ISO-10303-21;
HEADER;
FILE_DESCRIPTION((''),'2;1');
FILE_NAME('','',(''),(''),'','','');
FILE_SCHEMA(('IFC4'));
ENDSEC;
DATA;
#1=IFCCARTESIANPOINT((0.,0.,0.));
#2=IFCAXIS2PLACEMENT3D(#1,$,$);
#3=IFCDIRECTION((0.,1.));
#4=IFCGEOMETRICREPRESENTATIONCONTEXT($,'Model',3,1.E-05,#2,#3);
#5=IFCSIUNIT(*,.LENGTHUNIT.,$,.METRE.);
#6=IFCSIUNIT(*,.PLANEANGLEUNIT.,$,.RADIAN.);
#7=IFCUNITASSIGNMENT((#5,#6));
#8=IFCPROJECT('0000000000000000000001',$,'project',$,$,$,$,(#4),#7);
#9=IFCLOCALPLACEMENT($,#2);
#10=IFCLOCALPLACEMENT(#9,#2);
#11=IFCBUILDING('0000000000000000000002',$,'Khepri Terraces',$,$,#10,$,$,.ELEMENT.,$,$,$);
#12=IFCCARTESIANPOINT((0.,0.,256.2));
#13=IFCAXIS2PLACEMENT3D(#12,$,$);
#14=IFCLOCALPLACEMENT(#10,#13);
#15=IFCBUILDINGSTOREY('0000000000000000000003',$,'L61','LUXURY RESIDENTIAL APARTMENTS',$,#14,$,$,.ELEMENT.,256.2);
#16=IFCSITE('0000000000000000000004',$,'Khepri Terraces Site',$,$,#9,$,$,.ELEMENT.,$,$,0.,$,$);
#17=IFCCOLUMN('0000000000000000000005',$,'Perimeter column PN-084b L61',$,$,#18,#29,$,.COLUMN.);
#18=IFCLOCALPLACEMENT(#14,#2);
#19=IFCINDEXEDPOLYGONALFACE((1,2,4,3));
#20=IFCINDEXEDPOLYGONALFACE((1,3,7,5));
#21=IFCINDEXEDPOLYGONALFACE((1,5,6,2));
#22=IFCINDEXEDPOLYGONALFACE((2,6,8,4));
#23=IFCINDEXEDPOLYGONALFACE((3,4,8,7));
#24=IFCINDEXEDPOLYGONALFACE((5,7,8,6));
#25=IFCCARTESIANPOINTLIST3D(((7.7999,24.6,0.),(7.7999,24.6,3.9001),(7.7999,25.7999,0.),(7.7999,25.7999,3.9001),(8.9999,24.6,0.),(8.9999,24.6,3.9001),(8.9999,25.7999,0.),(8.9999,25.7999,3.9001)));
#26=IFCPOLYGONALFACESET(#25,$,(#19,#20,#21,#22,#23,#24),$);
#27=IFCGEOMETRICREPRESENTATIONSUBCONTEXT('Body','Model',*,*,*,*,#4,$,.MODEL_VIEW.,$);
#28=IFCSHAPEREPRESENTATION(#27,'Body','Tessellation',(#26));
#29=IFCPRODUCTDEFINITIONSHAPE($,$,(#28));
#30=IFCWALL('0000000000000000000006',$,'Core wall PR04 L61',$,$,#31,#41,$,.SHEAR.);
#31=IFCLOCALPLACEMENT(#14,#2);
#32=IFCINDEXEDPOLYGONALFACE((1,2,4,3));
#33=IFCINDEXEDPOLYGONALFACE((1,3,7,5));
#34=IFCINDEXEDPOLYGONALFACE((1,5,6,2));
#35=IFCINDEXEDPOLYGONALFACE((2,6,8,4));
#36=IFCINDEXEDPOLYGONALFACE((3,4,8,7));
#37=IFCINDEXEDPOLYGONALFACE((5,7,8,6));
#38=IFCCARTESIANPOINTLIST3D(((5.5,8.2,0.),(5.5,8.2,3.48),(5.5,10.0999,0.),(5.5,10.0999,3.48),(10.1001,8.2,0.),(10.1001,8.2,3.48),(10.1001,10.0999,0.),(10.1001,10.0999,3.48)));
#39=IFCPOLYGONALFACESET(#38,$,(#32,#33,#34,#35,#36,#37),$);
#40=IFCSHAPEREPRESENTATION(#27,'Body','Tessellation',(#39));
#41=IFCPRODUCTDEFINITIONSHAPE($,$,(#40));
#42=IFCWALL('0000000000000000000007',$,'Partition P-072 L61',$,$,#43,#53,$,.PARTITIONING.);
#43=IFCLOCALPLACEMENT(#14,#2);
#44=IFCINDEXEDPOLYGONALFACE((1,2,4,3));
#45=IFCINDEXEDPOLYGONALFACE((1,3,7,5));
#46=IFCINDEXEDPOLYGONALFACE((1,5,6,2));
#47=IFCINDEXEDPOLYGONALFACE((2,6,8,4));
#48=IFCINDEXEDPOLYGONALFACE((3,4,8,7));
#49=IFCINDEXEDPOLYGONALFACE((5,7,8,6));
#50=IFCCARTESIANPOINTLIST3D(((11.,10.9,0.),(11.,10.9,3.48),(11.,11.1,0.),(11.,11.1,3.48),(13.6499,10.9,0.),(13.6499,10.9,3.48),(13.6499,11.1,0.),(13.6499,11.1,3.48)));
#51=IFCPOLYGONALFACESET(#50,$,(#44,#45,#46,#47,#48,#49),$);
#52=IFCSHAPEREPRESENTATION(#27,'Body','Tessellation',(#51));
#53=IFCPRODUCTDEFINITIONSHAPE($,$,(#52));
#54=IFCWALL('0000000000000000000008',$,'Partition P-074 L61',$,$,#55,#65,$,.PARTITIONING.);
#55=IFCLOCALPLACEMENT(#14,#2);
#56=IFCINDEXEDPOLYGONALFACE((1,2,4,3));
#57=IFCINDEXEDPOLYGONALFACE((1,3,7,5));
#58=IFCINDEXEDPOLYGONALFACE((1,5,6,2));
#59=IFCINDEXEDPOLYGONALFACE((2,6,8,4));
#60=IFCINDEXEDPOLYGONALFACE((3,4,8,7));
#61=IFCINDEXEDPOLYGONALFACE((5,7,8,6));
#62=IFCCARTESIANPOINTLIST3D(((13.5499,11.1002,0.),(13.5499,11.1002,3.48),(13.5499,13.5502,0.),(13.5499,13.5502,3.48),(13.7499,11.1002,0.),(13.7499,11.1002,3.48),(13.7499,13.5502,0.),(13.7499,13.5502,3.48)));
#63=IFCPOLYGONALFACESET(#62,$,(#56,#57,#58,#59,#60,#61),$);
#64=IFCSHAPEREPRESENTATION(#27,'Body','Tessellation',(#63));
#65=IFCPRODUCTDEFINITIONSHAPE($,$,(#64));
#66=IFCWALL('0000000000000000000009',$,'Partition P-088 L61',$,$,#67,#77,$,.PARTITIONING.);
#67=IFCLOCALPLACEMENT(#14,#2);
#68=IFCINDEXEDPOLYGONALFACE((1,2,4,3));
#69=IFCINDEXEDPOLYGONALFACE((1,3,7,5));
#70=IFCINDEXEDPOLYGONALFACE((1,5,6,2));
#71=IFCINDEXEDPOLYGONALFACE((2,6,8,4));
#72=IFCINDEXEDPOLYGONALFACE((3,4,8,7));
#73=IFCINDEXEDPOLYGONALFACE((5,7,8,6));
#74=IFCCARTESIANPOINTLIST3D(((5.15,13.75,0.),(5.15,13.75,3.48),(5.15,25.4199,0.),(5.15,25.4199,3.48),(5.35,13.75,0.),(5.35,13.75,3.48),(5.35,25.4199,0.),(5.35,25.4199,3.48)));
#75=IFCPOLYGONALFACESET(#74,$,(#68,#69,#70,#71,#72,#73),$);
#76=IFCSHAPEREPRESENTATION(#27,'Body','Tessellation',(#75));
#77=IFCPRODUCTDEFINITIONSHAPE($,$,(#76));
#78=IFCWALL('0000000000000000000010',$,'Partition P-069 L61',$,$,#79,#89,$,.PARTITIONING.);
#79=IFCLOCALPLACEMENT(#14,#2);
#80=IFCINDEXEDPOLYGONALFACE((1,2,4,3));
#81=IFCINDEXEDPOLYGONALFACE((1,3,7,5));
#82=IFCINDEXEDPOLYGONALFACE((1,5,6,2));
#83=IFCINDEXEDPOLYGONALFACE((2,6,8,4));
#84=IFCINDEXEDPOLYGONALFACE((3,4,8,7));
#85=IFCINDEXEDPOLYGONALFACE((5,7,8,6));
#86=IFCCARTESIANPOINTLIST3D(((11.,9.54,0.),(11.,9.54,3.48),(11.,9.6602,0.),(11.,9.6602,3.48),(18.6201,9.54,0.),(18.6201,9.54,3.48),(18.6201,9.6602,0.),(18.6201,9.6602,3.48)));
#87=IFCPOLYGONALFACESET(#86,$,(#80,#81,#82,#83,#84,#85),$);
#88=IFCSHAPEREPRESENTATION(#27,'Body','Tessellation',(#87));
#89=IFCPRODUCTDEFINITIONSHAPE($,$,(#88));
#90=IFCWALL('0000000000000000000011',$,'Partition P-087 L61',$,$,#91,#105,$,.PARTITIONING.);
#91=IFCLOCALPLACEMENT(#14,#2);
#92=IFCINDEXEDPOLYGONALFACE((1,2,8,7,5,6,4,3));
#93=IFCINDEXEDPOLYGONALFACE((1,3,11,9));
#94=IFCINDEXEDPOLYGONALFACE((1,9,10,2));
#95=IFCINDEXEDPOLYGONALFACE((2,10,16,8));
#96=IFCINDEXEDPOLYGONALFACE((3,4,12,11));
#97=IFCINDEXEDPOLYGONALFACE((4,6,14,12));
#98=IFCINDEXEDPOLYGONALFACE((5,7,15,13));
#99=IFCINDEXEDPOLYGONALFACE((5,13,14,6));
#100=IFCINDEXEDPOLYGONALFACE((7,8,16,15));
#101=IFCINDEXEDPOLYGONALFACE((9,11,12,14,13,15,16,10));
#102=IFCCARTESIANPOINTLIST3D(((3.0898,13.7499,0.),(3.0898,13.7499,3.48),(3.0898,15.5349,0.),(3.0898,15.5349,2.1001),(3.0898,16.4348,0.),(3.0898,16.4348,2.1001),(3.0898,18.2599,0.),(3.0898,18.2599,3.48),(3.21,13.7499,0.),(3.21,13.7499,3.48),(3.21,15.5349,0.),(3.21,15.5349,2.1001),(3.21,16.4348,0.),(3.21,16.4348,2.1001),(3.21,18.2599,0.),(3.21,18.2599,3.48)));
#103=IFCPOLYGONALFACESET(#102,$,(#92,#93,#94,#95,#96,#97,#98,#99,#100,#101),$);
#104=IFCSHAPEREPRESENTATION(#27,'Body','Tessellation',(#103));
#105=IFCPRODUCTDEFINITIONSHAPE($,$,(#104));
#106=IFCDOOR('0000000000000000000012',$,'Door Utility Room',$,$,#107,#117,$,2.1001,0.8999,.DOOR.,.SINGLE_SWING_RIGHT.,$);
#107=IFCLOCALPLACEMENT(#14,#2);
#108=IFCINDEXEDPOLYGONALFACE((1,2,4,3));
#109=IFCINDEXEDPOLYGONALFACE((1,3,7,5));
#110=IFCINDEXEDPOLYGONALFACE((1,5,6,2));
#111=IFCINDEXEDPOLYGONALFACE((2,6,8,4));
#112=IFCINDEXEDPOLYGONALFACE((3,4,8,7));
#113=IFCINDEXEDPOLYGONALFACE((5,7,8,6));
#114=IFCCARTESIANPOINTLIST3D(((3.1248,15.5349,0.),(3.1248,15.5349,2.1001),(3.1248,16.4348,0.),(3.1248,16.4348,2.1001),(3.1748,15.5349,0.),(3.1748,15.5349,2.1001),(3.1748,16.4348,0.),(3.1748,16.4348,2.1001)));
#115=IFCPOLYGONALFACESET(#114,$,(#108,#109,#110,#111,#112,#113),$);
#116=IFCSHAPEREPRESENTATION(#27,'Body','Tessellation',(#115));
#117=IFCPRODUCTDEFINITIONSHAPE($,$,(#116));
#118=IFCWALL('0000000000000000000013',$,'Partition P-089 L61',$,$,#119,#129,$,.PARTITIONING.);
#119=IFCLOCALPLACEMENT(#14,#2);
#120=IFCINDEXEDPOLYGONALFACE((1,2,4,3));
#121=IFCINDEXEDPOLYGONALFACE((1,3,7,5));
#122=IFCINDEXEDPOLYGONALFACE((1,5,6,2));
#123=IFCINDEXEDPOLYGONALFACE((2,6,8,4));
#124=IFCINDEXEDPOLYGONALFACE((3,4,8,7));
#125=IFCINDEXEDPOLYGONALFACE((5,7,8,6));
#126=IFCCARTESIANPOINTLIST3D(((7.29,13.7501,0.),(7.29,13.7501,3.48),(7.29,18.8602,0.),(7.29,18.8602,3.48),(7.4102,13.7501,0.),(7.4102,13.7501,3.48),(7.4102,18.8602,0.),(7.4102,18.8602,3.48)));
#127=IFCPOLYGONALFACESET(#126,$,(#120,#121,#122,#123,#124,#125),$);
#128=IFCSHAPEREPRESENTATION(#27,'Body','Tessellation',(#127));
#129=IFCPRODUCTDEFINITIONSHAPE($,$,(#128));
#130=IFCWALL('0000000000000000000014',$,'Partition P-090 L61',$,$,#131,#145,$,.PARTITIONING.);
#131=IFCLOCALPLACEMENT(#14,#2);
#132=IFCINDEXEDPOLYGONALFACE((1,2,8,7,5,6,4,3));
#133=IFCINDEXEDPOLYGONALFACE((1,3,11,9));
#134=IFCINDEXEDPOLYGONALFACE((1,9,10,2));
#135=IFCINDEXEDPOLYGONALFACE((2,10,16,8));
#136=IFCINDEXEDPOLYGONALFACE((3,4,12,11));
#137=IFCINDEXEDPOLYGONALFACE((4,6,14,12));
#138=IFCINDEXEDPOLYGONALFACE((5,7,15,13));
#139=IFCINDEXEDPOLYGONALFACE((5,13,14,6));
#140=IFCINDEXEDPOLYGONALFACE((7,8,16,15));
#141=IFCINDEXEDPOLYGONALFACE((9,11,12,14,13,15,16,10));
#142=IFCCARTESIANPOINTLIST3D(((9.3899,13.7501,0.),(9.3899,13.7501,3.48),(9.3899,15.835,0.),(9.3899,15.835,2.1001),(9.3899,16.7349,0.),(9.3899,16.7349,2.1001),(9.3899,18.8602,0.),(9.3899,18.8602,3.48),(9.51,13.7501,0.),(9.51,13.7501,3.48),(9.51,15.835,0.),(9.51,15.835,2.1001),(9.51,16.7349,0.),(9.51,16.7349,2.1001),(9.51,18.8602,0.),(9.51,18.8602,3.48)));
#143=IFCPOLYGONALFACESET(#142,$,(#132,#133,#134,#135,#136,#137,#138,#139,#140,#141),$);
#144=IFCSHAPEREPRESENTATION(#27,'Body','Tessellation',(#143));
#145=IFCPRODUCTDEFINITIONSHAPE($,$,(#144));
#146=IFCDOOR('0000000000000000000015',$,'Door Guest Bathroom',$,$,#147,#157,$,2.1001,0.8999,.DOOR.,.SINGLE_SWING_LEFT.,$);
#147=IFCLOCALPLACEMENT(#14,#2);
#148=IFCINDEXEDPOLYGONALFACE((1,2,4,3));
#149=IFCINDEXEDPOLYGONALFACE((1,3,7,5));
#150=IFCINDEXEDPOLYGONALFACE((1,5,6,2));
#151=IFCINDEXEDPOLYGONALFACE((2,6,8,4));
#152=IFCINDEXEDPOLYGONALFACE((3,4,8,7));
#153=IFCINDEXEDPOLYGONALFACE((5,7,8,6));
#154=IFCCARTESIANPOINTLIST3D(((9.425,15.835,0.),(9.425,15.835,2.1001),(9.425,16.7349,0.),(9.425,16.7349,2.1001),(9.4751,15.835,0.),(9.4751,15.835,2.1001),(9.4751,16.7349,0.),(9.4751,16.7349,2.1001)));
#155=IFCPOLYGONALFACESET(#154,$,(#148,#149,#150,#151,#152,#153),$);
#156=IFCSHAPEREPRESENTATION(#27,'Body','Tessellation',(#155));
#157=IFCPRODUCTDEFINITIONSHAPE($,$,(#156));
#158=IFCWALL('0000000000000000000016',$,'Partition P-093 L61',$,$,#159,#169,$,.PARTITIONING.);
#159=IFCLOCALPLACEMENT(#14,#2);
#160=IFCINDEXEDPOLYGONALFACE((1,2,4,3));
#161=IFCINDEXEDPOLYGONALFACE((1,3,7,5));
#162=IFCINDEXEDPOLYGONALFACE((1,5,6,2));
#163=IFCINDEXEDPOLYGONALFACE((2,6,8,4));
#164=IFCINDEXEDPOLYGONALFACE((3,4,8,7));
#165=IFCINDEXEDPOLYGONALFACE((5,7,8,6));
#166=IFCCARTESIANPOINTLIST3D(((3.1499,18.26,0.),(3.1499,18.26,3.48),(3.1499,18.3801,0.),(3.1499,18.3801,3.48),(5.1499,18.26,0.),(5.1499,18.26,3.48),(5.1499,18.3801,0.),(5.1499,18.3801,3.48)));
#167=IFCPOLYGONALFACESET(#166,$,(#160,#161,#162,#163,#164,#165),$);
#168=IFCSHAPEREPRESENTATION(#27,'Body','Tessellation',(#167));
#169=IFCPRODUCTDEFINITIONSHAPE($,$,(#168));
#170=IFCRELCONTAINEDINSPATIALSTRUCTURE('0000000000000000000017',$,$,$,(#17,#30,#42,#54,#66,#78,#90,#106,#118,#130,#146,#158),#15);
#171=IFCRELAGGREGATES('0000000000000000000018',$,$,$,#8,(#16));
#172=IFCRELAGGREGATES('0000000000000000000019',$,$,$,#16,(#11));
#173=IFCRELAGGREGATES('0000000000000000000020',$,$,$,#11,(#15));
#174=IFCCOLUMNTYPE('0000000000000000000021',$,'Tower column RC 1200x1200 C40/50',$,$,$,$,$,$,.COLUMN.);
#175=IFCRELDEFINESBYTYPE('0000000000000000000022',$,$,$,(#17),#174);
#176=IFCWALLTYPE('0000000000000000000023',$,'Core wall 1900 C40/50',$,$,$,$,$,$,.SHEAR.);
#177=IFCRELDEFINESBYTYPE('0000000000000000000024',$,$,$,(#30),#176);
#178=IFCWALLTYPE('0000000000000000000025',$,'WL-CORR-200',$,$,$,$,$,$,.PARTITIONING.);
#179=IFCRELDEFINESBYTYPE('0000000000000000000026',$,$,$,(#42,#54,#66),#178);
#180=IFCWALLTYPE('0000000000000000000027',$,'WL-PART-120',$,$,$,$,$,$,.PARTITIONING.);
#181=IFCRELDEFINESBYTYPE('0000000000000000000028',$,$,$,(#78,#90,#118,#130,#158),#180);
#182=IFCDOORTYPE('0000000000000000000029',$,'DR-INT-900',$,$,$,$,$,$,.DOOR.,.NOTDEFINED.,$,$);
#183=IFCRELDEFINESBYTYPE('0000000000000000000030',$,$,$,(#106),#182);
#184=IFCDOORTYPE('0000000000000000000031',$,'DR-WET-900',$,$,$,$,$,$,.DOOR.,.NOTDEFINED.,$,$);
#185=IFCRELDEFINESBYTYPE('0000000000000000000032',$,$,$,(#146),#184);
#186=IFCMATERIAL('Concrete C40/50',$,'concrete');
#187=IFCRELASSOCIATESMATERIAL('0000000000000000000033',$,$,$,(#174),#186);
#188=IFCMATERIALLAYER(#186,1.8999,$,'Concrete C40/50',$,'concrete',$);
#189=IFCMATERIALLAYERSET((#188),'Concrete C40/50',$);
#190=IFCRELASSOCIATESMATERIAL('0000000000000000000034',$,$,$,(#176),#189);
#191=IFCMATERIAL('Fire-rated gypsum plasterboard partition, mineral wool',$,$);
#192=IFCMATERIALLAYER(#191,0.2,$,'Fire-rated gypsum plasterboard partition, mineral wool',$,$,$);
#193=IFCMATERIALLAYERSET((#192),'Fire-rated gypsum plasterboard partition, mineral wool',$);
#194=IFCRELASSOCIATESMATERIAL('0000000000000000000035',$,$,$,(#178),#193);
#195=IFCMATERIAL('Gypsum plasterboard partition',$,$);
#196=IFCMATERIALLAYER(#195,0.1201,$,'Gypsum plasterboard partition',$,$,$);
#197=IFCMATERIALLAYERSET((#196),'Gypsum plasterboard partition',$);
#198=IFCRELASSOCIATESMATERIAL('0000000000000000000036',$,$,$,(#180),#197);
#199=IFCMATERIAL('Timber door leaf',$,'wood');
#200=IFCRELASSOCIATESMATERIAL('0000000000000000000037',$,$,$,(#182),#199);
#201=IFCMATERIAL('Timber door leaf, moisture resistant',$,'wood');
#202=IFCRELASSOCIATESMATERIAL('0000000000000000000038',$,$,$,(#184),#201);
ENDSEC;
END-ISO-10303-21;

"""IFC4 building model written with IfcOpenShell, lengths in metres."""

from ifc_helpers import new_model, si_unit, direction, frame, frame_2d, origin, origin_2d, place, context, subcontext, project, spatial, rectangle, extrude, material, layer, layer_set, material_profile, profile_set, type_object, element, fill, save


model = new_model("IFC4")

# Units and contexts
model_context = context("Model", 3, precision=1e-05, world=origin(), true_north=direction((0.0, 1.0)))
body_context = subcontext(model_context, "Body", "Model", "MODEL_VIEW")
ifc_project = project(units=[si_unit("LENGTHUNIT", "METRE"), si_unit("PLANEANGLEUNIT", "RADIAN")], contexts=[model_context])

# Site, building, storey
site_placement = place(None, origin())
site = spatial("IfcSite", under=ifc_project, at=site_placement, Name="Khepri Terraces Site", CompositionType="ELEMENT", RefElevation=0.0)
building_placement = place(site_placement, origin())
building = spatial("IfcBuilding", under=site, at=building_placement, Name="Khepri Terraces", CompositionType="ELEMENT")
storey_placement = place(building_placement, frame((0.0, 0.0, 256.2)))
storey = spatial("IfcBuildingStorey", under=building, at=storey_placement, Name="L61", Description="LUXURY RESIDENTIAL APARTMENTS", CompositionType="ELEMENT", Elevation=256.2)

# Column
ifc_material_1 = material(Name="Concrete C40/50", Category="concrete")
ifc_material_profile = material_profile(ifc_material_1, rectangle(XDim=1.2, YDim=1.2, at=origin_2d()), Name="Concrete C40/50", Category="concrete")
ifc_profile_set = profile_set([ifc_material_profile], Name="Concrete C40/50")
column_type = type_object("IfcColumnType", Name="Tower column RC 1200x1200 C40/50", PredefinedType="COLUMN", material=ifc_profile_set)
column_placement = place(storey_placement, frame((8.3999, 25.2, 0.0), z_axis=(0.0, 0.0, 1.0), x_axis=(1.0, 0.0, 0.0)))
element("IfcColumn", 1, at=column_placement, inside=storey, type_object=column_type, Name="Perimeter column PN-084b L61", PredefinedType="COLUMN", context=body_context, shape_type="SweptSolid", body=[
    extrude(rectangle(XDim=1.2, YDim=1.2, at=origin_2d()), origin(), (0.0, 0.0, 1.0), 3.9001),
])

# Walls
ifc_layer_1 = layer(ifc_material_1, 1.8999, Name="Concrete C40/50", Category="concrete")
ifc_layer_set_1 = layer_set([ifc_layer_1], Name="Concrete C40/50")
wall_type_1 = type_object("IfcWallType", Name="Core wall 1900 C40/50", PredefinedType="SHEAR", material=ifc_layer_set_1)
wall_1_placement = place(storey_placement, frame((5.5, 9.1499, 0.0), z_axis=(0.0, 0.0, 1.0), x_axis=(1.0, 0.0, 0.0)))
element("IfcWall", 2, at=wall_1_placement, inside=storey, type_object=wall_type_1, Name="Core wall PR04 L61", PredefinedType="SHEAR", context=body_context, shape_type="SweptSolid", body=[
    extrude(rectangle(XDim=4.6001, YDim=1.8999, at=frame_2d((2.3, 0.0))), origin(), (0.0, 0.0, 1.0), 3.48),
])
ifc_material_2 = material(Name="Fire-rated gypsum plasterboard partition, mineral wool")
ifc_layer_2 = layer(ifc_material_2, 0.2, Name="Fire-rated gypsum plasterboard partition, mineral wool")
ifc_layer_set_2 = layer_set([ifc_layer_2], Name="Fire-rated gypsum plasterboard partition, mineral wool")
wall_type_2 = type_object("IfcWallType", Name="WL-CORR-200", PredefinedType="PARTITIONING", material=ifc_layer_set_2)
wall_2_placement = place(storey_placement, frame((11.0, 11.0, 0.0), z_axis=(0.0, 0.0, 1.0), x_axis=(1.0, 0.0, 0.0)))
element("IfcWall", 3, at=wall_2_placement, inside=storey, type_object=wall_type_2, Name="Partition P-072 L61", PredefinedType="PARTITIONING", context=body_context, shape_type="SweptSolid", body=[
    extrude(rectangle(XDim=2.6499, YDim=0.2, at=frame_2d((1.325, 0.0))), origin(), (0.0, 0.0, 1.0), 3.48),
])
wall_3_placement = place(storey_placement, frame((13.6499, 11.1001, 0.0), z_axis=(0.0, 0.0, 1.0), x_axis=(0.0, 1.0, 0.0)))
element("IfcWall", 4, at=wall_3_placement, inside=storey, type_object=wall_type_2, Name="Partition P-074 L61", PredefinedType="PARTITIONING", context=body_context, shape_type="SweptSolid", body=[
    extrude(rectangle(XDim=2.45, YDim=0.2, at=frame_2d((1.2251, 0.0))), origin(), (0.0, 0.0, 1.0), 3.48),
])
wall_4_placement = place(storey_placement, frame((5.25, 13.75, 0.0), z_axis=(0.0, 0.0, 1.0), x_axis=(0.0, 1.0, 0.0)))
element("IfcWall", 5, at=wall_4_placement, inside=storey, type_object=wall_type_2, Name="Partition P-088 L61", PredefinedType="PARTITIONING", context=body_context, shape_type="SweptSolid", body=[
    extrude(rectangle(XDim=11.6699, YDim=0.2, at=frame_2d((5.835, 0.0))), origin(), (0.0, 0.0, 1.0), 3.48),
])

# Wall
ifc_material_3 = material(Name="Gypsum plasterboard partition")
ifc_layer_3 = layer(ifc_material_3, 0.1201, Name="Gypsum plasterboard partition")
ifc_layer_set_3 = layer_set([ifc_layer_3], Name="Gypsum plasterboard partition")
wall_type_3 = type_object("IfcWallType", Name="WL-PART-120", PredefinedType="PARTITIONING", material=ifc_layer_set_3)
wall_5_placement = place(storey_placement, frame((11.0, 9.6001, 0.0), z_axis=(0.0, 0.0, 1.0), x_axis=(1.0, 0.0, 0.0)))
element("IfcWall", 6, at=wall_5_placement, inside=storey, type_object=wall_type_3, Name="Partition P-069 L61", PredefinedType="PARTITIONING", context=body_context, shape_type="SweptSolid", body=[
    extrude(rectangle(XDim=7.6201, YDim=0.1201, at=frame_2d((3.8101, 0.0))), origin(), (0.0, 0.0, 1.0), 3.48),
])

# Wall, opening, door
wall_6_placement = place(storey_placement, frame((3.1499, 13.75, 0.0), z_axis=(0.0, 0.0, 1.0), x_axis=(0.0, 1.0, 0.0)))
wall_6 = element("IfcWall", 7, at=wall_6_placement, inside=storey, type_object=wall_type_3, Name="Partition P-087 L61", PredefinedType="PARTITIONING", context=body_context, shape_type="SweptSolid", body=[
    extrude(rectangle(XDim=4.51, YDim=0.1201, at=frame_2d((2.2549, 0.0))), origin(), (0.0, 0.0, 1.0), 3.48),
])
opening_1_placement = place(wall_6_placement, frame((1.7849, 0.0, 0.0)))
opening_1 = element("IfcOpeningElement", 8, at=opening_1_placement, cuts=wall_6, PredefinedType="OPENING", context=body_context, shape_type="SweptSolid", body=[
    extrude(rectangle(XDim=0.8999, YDim=2.1001, at=frame_2d((0.45, 1.05))), frame((0.0, 0.0701, 0.0), z_axis=(0.0, -1.0, 0.0), x_axis=(1.0, 0.0, 0.0)), (0.0, 0.0, 1.0), 0.1401),
])
ifc_material_4 = material(Name="Timber door leaf", Category="wood")
door_type_1 = type_object("IfcDoorType", Name="DR-INT-900", OperationType="NOTDEFINED", PredefinedType="DOOR", material=ifc_material_4)
door_1_placement = place(opening_1_placement, frame((0.8999, 0.0, 0.0), z_axis=(0.0, 0.0, 1.0), x_axis=(-1.0, 0.0, 0.0)))
door_1 = element("IfcDoor", 9, at=door_1_placement, inside=storey, type_object=door_type_1, Name="Door Utility Room", OperationType="SINGLE_SWING_RIGHT", OverallHeight=2.1001, OverallWidth=0.8999, PredefinedType="DOOR", context=body_context, shape_type="SweptSolid", body=[
    extrude(rectangle(XDim=0.8999, YDim=2.1001, at=frame_2d((0.45, 1.05))), frame((0.0, 0.0249, 0.0), z_axis=(0.0, -1.0, 0.0), x_axis=(1.0, 0.0, 0.0)), (0.0, 0.0, 1.0), 0.05),
])
fill(opening_1, door_1)

# Wall
wall_7_placement = place(storey_placement, frame((7.3501, 13.75, 0.0), z_axis=(0.0, 0.0, 1.0), x_axis=(0.0, 1.0, 0.0)))
element("IfcWall", 10, at=wall_7_placement, inside=storey, type_object=wall_type_3, Name="Partition P-089 L61", PredefinedType="PARTITIONING", context=body_context, shape_type="SweptSolid", body=[
    extrude(rectangle(XDim=5.1101, YDim=0.1201, at=frame_2d((2.5552, 0.0))), origin(), (0.0, 0.0, 1.0), 3.48),
])

# Wall, opening, door
wall_8_placement = place(storey_placement, frame((9.45, 13.75, 0.0), z_axis=(0.0, 0.0, 1.0), x_axis=(0.0, 1.0, 0.0)))
wall_8 = element("IfcWall", 11, at=wall_8_placement, inside=storey, type_object=wall_type_3, Name="Partition P-090 L61", PredefinedType="PARTITIONING", context=body_context, shape_type="SweptSolid", body=[
    extrude(rectangle(XDim=5.1101, YDim=0.1201, at=frame_2d((2.5552, 0.0))), origin(), (0.0, 0.0, 1.0), 3.48),
])
opening_2_placement = place(wall_8_placement, frame((2.085, 0.0, 0.0)))
opening_2 = element("IfcOpeningElement", 12, at=opening_2_placement, cuts=wall_8, PredefinedType="OPENING", context=body_context, shape_type="SweptSolid", body=[
    extrude(rectangle(XDim=0.8999, YDim=2.1001, at=frame_2d((0.45, 1.05))), frame((0.0, 0.0701, 0.0), z_axis=(0.0, -1.0, 0.0), x_axis=(1.0, 0.0, 0.0)), (0.0, 0.0, 1.0), 0.1401),
])
ifc_material_5 = material(Name="Timber door leaf, moisture resistant", Category="wood")
door_type_2 = type_object("IfcDoorType", Name="DR-WET-900", OperationType="NOTDEFINED", PredefinedType="DOOR", material=ifc_material_5)
door_2_placement = place(opening_2_placement, origin())
door_2 = element("IfcDoor", 13, at=door_2_placement, inside=storey, type_object=door_type_2, Name="Door Guest Bathroom", OperationType="SINGLE_SWING_LEFT", OverallHeight=2.1001, OverallWidth=0.8999, PredefinedType="DOOR", context=body_context, shape_type="SweptSolid", body=[
    extrude(rectangle(XDim=0.8999, YDim=2.1001, at=frame_2d((0.45, 1.05))), frame((0.0, 0.0249, 0.0), z_axis=(0.0, -1.0, 0.0), x_axis=(1.0, 0.0, 0.0)), (0.0, 0.0, 1.0), 0.05),
])
fill(opening_2, door_2)

# Wall
wall_9_placement = place(storey_placement, frame((3.1499, 18.3201, 0.0), z_axis=(0.0, 0.0, 1.0), x_axis=(1.0, 0.0, 0.0)))
element("IfcWall", 14, at=wall_9_placement, inside=storey, type_object=wall_type_3, Name="Partition P-093 L61", PredefinedType="PARTITIONING", context=body_context, shape_type="SweptSolid", body=[
    extrude(rectangle(XDim=2.0, YDim=0.1201, at=frame_2d((1.0, 0.0))), origin(), (0.0, 0.0, 1.0), 3.48),
])

save(model, "model.ifc")
